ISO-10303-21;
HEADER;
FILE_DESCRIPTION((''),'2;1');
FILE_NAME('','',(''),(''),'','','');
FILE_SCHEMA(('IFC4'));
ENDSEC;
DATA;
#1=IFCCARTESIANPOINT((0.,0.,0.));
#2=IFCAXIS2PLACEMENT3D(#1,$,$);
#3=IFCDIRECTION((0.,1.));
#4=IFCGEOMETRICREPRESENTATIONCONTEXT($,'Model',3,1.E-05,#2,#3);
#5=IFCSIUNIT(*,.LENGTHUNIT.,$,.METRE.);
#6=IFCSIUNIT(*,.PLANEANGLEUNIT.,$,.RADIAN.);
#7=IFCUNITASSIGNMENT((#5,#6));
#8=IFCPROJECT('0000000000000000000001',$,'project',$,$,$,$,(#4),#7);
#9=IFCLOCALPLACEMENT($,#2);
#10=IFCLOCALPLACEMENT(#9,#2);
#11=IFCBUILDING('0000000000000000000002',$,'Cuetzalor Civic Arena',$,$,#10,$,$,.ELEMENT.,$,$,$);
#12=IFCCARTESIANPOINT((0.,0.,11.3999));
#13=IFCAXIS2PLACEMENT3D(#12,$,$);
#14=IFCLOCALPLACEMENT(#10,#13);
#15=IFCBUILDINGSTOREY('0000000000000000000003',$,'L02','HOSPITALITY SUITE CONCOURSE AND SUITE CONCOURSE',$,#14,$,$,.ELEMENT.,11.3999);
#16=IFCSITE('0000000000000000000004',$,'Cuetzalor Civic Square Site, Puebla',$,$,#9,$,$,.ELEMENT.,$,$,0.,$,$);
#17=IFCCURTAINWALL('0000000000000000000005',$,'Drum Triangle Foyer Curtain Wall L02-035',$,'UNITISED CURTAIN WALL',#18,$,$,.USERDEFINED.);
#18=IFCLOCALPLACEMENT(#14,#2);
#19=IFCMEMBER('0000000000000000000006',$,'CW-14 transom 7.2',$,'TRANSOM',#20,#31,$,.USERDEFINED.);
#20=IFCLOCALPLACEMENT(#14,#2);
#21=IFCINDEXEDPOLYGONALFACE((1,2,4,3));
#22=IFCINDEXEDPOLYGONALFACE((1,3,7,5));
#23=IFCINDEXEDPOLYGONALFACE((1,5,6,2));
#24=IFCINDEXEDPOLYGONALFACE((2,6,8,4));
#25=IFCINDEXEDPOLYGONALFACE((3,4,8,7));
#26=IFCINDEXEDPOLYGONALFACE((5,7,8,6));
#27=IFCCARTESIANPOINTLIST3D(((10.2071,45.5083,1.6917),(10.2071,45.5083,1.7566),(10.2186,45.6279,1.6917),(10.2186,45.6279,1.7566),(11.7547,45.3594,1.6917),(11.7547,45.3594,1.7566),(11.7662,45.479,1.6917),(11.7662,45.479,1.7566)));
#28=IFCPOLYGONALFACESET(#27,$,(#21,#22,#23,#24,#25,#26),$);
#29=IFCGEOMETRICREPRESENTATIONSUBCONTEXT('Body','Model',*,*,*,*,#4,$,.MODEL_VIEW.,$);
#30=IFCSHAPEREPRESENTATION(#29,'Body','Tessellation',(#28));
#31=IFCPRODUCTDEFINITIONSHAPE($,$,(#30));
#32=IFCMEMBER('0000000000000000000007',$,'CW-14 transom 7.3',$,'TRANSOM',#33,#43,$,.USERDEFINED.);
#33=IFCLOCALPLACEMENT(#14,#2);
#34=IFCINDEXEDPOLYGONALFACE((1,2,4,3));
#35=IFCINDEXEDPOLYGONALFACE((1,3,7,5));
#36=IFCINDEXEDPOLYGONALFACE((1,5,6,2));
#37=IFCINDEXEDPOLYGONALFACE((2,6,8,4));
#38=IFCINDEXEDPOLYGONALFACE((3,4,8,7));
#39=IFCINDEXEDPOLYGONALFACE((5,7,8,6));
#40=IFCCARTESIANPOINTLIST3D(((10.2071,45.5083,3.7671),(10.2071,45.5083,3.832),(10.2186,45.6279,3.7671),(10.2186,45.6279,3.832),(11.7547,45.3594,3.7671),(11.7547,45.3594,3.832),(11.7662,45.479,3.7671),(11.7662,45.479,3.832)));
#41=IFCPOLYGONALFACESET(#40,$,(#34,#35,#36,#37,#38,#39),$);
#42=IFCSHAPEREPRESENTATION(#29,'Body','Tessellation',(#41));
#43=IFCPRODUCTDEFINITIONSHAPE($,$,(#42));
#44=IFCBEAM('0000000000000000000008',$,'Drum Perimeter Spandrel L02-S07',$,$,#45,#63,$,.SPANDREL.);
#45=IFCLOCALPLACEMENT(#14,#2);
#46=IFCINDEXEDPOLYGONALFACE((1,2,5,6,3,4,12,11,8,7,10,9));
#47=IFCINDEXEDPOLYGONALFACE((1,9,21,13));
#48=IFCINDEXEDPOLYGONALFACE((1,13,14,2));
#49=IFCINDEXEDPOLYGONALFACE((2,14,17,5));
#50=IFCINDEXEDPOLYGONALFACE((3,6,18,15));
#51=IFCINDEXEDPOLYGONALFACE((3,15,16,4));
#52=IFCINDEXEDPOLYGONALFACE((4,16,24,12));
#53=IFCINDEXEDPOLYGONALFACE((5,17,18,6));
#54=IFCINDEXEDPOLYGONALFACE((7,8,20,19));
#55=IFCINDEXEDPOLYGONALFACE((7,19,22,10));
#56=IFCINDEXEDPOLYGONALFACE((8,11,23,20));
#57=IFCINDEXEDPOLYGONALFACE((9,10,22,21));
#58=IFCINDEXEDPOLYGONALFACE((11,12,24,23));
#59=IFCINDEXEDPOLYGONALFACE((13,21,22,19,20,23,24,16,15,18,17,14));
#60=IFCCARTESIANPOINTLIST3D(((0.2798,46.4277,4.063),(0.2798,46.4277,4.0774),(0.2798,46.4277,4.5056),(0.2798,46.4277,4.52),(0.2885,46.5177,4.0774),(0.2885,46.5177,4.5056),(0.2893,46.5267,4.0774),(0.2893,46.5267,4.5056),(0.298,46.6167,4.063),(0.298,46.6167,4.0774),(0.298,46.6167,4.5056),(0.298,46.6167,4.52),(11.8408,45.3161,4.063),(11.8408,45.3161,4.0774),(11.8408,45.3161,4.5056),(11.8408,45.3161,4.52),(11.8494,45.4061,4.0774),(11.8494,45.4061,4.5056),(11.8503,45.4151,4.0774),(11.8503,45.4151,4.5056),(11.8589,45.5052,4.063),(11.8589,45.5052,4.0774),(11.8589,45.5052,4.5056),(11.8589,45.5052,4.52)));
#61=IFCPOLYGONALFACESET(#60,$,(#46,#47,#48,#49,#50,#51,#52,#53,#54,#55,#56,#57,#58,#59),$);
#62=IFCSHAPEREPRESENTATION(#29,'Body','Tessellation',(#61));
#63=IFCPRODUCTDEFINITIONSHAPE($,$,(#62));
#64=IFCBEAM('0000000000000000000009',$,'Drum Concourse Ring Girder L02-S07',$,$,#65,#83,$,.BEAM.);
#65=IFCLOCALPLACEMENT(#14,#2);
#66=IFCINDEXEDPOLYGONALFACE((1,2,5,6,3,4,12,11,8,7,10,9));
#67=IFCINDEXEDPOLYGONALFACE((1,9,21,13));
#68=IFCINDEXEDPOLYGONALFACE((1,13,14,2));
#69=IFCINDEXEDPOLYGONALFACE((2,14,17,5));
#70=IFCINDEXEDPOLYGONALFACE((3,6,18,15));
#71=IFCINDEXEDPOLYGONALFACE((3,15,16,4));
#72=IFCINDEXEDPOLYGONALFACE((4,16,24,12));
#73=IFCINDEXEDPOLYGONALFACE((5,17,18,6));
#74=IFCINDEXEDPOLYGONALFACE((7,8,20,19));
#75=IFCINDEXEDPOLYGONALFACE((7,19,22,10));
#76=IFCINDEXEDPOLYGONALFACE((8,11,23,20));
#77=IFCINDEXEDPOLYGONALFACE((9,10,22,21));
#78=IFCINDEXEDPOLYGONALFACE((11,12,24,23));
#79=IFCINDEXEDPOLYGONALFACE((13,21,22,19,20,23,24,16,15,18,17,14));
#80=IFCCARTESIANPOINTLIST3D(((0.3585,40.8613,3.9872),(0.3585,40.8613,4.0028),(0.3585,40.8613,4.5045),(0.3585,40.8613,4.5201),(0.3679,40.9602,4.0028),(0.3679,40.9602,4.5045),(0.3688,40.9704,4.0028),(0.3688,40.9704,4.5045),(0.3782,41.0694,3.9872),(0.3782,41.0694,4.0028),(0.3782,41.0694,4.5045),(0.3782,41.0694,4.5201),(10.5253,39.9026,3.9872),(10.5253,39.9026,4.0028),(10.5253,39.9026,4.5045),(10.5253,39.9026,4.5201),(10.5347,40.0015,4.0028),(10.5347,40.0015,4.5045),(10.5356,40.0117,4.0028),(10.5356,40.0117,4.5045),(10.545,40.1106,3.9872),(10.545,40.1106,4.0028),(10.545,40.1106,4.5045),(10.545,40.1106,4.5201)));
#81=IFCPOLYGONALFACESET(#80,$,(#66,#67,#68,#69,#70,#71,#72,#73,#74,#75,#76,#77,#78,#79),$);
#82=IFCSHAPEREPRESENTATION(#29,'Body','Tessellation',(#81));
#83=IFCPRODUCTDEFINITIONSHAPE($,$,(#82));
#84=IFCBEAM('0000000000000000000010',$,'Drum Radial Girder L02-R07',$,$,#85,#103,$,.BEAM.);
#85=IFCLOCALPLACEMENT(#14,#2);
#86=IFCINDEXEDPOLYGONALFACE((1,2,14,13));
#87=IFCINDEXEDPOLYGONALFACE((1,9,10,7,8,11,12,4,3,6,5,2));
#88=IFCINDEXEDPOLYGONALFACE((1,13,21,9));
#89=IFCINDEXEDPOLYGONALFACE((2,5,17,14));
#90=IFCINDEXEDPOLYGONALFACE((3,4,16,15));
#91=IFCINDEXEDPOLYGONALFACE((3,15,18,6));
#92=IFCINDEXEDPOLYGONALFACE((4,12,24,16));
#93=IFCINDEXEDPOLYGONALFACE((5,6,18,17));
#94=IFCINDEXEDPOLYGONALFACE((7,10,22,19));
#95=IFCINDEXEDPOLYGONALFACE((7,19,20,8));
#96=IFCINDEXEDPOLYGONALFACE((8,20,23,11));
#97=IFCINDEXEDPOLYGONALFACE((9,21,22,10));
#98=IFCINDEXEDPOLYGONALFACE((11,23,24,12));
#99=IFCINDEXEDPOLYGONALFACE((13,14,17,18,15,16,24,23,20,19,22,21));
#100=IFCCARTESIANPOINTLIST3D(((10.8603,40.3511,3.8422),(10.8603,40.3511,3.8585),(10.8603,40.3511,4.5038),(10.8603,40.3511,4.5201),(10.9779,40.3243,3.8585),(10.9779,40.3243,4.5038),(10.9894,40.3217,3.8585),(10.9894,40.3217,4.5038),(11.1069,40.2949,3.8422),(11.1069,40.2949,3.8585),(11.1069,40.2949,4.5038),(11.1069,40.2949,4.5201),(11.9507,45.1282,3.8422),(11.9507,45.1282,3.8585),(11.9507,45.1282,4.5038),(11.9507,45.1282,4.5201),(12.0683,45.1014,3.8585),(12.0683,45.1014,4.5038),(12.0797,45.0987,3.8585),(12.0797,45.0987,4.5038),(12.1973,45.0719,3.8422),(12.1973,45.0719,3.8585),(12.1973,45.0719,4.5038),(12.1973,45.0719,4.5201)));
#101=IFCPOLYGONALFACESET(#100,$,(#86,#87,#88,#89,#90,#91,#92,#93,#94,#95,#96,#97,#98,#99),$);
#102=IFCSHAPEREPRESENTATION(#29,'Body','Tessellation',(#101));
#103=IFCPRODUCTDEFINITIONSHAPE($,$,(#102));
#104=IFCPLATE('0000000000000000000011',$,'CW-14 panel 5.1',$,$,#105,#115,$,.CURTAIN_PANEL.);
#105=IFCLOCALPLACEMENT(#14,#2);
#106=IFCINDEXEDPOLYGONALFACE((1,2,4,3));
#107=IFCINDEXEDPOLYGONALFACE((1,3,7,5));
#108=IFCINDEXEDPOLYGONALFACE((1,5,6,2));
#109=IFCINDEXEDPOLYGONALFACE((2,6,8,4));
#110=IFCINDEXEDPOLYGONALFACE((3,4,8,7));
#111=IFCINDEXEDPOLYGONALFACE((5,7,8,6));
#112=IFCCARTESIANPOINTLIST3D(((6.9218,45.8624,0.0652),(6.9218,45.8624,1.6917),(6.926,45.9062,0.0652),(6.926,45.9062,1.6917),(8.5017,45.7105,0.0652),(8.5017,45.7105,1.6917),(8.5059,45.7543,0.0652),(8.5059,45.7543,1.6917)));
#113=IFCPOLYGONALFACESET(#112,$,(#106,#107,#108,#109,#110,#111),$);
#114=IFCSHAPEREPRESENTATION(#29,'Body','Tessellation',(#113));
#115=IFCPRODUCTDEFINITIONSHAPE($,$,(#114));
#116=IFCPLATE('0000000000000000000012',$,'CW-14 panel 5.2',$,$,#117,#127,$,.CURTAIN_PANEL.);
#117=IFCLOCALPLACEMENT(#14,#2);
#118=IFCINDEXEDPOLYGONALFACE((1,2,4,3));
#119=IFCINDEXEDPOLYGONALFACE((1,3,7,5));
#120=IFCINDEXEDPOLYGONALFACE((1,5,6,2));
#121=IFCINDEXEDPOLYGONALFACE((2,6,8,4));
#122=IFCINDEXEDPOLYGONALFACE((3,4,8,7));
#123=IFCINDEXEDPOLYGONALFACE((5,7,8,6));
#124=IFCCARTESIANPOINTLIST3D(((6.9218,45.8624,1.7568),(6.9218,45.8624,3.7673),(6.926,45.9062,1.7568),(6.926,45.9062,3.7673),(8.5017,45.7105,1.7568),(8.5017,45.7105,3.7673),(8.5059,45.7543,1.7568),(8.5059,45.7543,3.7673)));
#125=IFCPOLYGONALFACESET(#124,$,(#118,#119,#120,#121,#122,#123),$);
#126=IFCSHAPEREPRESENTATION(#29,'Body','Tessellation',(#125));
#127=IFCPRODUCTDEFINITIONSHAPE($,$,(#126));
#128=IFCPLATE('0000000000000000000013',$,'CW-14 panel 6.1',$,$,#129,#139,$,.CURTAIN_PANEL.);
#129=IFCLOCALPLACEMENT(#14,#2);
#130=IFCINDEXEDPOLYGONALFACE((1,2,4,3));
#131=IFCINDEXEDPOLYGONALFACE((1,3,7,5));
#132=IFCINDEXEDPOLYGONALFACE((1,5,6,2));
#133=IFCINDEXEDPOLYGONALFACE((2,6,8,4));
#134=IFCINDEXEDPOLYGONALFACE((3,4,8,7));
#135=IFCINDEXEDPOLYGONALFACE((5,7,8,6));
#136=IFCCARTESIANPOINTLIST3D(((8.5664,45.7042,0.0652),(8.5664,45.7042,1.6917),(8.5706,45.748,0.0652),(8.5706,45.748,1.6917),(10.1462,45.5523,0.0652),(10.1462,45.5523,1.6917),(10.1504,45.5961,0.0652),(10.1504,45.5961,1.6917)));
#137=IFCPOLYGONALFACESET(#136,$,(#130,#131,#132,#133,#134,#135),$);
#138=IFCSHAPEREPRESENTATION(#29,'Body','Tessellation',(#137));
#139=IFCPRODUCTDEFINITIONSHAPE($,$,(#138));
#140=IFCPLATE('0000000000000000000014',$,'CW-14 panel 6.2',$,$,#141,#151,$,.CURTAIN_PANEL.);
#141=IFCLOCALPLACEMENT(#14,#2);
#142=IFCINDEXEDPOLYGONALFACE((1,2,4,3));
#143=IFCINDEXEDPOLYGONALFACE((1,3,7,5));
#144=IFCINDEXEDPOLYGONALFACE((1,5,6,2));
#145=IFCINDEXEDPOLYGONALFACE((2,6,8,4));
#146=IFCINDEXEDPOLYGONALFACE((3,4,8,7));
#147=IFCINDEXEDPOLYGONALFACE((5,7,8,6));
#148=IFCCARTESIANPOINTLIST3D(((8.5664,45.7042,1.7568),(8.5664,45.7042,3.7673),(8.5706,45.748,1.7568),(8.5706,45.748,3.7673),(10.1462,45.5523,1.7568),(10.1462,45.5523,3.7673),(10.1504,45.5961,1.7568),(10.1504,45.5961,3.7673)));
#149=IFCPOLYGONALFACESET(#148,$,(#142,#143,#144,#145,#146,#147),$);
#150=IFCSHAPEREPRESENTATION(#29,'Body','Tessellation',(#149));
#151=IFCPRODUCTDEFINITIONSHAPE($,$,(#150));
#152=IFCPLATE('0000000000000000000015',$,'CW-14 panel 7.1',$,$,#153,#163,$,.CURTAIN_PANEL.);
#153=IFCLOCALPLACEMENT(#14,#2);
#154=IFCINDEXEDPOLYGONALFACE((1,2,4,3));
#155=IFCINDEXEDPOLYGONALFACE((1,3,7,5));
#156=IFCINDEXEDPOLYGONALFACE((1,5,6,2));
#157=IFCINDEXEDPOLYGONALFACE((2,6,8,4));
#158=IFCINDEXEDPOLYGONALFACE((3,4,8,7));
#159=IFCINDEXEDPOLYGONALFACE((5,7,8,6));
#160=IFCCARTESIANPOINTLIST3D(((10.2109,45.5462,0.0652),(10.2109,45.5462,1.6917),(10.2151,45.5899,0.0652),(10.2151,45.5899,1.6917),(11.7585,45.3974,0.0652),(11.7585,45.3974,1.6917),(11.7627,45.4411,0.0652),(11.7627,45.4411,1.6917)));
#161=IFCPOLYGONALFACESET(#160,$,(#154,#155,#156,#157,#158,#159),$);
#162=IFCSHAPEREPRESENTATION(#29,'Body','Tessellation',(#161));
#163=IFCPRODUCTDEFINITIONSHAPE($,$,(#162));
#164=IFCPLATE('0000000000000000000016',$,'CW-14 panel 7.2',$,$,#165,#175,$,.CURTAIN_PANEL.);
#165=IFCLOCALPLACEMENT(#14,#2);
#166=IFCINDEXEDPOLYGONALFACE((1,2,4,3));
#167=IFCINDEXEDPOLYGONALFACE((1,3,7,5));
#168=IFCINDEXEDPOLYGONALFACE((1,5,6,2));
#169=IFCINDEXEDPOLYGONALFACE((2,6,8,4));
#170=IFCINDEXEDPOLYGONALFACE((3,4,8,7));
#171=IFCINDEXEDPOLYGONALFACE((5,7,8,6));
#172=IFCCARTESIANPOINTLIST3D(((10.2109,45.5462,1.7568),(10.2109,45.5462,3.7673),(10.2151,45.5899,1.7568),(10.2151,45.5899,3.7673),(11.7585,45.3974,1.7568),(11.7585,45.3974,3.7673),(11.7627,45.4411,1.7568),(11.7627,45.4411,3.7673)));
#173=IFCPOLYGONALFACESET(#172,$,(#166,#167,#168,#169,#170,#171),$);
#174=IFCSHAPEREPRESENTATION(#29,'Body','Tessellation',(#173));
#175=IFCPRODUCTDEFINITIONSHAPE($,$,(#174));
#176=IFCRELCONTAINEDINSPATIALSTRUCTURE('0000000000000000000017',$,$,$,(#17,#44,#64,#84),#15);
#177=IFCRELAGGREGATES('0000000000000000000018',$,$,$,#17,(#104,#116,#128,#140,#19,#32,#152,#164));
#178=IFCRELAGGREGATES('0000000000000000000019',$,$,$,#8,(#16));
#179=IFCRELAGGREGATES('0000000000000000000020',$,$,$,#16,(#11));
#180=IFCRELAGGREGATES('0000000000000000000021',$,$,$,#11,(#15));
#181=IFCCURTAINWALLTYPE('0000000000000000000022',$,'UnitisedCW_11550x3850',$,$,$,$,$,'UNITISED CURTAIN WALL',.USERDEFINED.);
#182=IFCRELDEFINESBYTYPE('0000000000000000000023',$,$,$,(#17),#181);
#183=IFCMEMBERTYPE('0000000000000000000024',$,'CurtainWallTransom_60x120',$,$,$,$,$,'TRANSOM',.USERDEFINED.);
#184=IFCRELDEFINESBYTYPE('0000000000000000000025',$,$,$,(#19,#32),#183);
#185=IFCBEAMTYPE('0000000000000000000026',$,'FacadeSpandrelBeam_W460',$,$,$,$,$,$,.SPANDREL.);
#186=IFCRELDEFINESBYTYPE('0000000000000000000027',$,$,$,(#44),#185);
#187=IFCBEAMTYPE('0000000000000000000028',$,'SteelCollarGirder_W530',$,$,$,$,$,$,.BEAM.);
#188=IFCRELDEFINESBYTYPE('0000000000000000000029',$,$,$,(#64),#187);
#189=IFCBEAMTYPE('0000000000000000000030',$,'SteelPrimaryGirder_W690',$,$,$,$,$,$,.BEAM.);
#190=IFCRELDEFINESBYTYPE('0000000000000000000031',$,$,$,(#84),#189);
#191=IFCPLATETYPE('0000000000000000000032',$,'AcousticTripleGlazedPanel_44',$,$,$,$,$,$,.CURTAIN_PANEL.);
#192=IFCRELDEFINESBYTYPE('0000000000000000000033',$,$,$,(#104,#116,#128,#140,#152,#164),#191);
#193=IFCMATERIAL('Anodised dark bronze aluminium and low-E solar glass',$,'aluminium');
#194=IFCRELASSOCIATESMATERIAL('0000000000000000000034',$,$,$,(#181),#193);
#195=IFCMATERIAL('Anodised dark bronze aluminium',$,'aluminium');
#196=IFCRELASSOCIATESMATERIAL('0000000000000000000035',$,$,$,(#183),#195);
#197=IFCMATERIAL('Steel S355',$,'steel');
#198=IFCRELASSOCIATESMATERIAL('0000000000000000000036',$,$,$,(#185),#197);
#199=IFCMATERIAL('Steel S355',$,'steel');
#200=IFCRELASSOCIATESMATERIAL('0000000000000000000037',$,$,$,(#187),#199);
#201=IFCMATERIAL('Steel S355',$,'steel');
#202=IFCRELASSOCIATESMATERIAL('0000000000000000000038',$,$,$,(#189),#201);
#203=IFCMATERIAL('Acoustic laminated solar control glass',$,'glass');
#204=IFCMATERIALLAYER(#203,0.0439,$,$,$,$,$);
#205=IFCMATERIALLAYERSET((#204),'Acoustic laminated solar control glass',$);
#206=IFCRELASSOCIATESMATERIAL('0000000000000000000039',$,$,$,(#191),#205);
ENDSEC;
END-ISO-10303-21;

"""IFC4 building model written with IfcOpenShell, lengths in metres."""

from ifc_helpers import new_model, si_unit, direction, frame, origin, origin_2d, place, context, subcontext, project, spatial, rectangle, i_section, extrude, material, layer, layer_set, material_profile, profile_set, type_object, element, aggregate, save


model = new_model("IFC4")

# Units and contexts
model_context = context("Model", 3, precision=1e-05, world=origin(), true_north=direction((0.0, 1.0)))
body_context = subcontext(model_context, "Body", "Model", "MODEL_VIEW")
ifc_project = project(units=[si_unit("LENGTHUNIT", "METRE"), si_unit("PLANEANGLEUNIT", "RADIAN")], contexts=[model_context])

# Site, building, storey
site_placement = place(None, origin())
site = spatial("IfcSite", under=ifc_project, at=site_placement, Name="Cuetzalor Civic Square Site, Puebla", CompositionType="ELEMENT", RefElevation=0.0)
building_placement = place(site_placement, origin())
building = spatial("IfcBuilding", under=site, at=building_placement, Name="Cuetzalor Civic Arena", CompositionType="ELEMENT")
storey_placement = place(building_placement, frame((0.0, 0.0, 11.3999)))
storey = spatial("IfcBuildingStorey", under=building, at=storey_placement, Name="L02", Description="HOSPITALITY SUITE CONCOURSE AND SUITE CONCOURSE", CompositionType="ELEMENT", Elevation=11.3999)

# Curtain wall, members
ifc_material_1 = material(Name="Anodised dark bronze aluminium and low-E solar glass", Category="aluminium")
curtain_wall_type = type_object("IfcCurtainWallType", Name="UnitisedCW_11550x3850", ElementType="UNITISED CURTAIN WALL", PredefinedType="USERDEFINED", material=ifc_material_1)
curtain_wall_placement = place(storey_placement, origin())
curtain_wall = element("IfcCurtainWall", 1, at=curtain_wall_placement, inside=storey, type_object=curtain_wall_type, Name="Drum Triangle Foyer Curtain Wall L02-035", ObjectType="UNITISED CURTAIN WALL", PredefinedType="USERDEFINED")
ifc_material_2 = material(Name="Anodised dark bronze aluminium", Category="aluminium")
ifc_material_profile_1 = material_profile(ifc_material_2, rectangle(XDim=0.1201, YDim=0.0649, at=origin_2d()), Name="ALU TRANSOM 65x120")
ifc_profile_set_1 = profile_set([ifc_material_profile_1], Name="Anodised dark bronze aluminium")
member_type_1 = type_object("IfcMemberType", Name="CurtainWallTransom_60x120", ElementType="TRANSOM", PredefinedType="USERDEFINED", material=ifc_profile_set_1)
member_1_placement = place(storey_placement, frame((10.2129, 45.5681, 1.7241), z_axis=(0.995402, -0.095787, 0.0), x_axis=(0.095787, 0.995402, 0.0)))
member_1 = element("IfcMember", 2, at=member_1_placement, type_object=member_type_1, Name="CW-14 transom 7.2", ObjectType="TRANSOM", PredefinedType="USERDEFINED", context=body_context, shape_type="SweptSolid", body=[
    extrude(rectangle(XDim=0.1201, YDim=0.0649, at=origin_2d()), origin(), (0.0, 0.0, 1.0), 1.5547),
])
member_2_placement = place(storey_placement, frame((10.2129, 45.5681, 3.7996), z_axis=(0.995402, -0.095787, 0.0), x_axis=(0.095787, 0.995402, 0.0)))
member_2 = element("IfcMember", 3, at=member_2_placement, type_object=member_type_1, Name="CW-14 transom 7.3", ObjectType="TRANSOM", PredefinedType="USERDEFINED", context=body_context, shape_type="SweptSolid", body=[
    extrude(rectangle(XDim=0.1201, YDim=0.0649, at=origin_2d()), origin(), (0.0, 0.0, 1.0), 1.5547),
])

# Beams
ifc_material_3 = material(Name="Steel S355", Category="steel")
ifc_material_profile_2 = material_profile(ifc_material_3, i_section(OverallWidth=0.1899, OverallDepth=0.457, WebThickness=0.009, FlangeThickness=0.0144, at=origin_2d()), Name="W460x74")
ifc_profile_set_2 = profile_set([ifc_material_profile_2], Name="Steel S355")
beam_type_1 = type_object("IfcBeamType", Name="FacadeSpandrelBeam_W460", PredefinedType="SPANDREL", material=ifc_profile_set_2)
beam_1_placement = place(storey_placement, frame((11.8499, 45.4106, 4.2915), z_axis=(-0.99541, 0.095707, 0.0), x_axis=(-0.095707, -0.99541, 0.0)))
element("IfcBeam", 4, at=beam_1_placement, inside=storey, type_object=beam_type_1, Name="Drum Perimeter Spandrel L02-S07", PredefinedType="SPANDREL", context=body_context, shape_type="SweptSolid", body=[
    extrude(i_section(OverallWidth=0.1899, OverallDepth=0.457, WebThickness=0.009, FlangeThickness=0.0144, at=origin_2d()), origin(), (0.0, 0.0, 1.0), 11.6143),
])
ifc_material_4 = material(Name="Steel S355", Category="steel")
ifc_material_profile_3 = material_profile(ifc_material_4, i_section(OverallWidth=0.209, OverallDepth=0.533, WebThickness=0.0103, FlangeThickness=0.0156, at=origin_2d()), Name="W530x92")
ifc_profile_set_3 = profile_set([ifc_material_profile_3], Name="Steel S355")
beam_type_2 = type_object("IfcBeamType", Name="SteelCollarGirder_W530", PredefinedType="BEAM", material=ifc_profile_set_3)
beam_2_placement = place(storey_placement, frame((10.5352, 40.0066, 4.2537), z_axis=(-0.995583, 0.093885, 0.0), x_axis=(-0.093885, -0.995583, 0.0)))
element("IfcBeam", 5, at=beam_2_placement, inside=storey, type_object=beam_type_2, Name="Drum Concourse Ring Girder L02-S07", PredefinedType="BEAM", context=body_context, shape_type="SweptSolid", body=[
    extrude(i_section(OverallWidth=0.209, OverallDepth=0.533, WebThickness=0.0103, FlangeThickness=0.0156, at=origin_2d()), origin(), (0.0, 0.0, 1.0), 10.2119),
])
ifc_material_5 = material(Name="Steel S355", Category="steel")
ifc_material_profile_4 = material_profile(ifc_material_5, i_section(OverallWidth=0.2529, OverallDepth=0.678, WebThickness=0.0117, FlangeThickness=0.0164, at=origin_2d()), Name="W690x125")
ifc_profile_set_4 = profile_set([ifc_material_profile_4], Name="Steel S355")
beam_type_3 = type_object("IfcBeamType", Name="SteelPrimaryGirder_W690", PredefinedType="BEAM", material=ifc_profile_set_4)
beam_3_placement = place(storey_placement, frame((10.9836, 40.323, 4.1812), z_axis=(0.222519, 0.974928, 0.0), x_axis=(-0.974928, 0.222519, 0.0)))
element("IfcBeam", 6, at=beam_3_placement, inside=storey, type_object=beam_type_3, Name="Drum Radial Girder L02-R07", PredefinedType="BEAM", context=body_context, shape_type="SweptSolid", body=[
    extrude(i_section(OverallWidth=0.2529, OverallDepth=0.678, WebThickness=0.0117, FlangeThickness=0.0164, at=origin_2d()), origin(), (0.0, 0.0, 1.0), 4.8999),
])

# Plates
ifc_material_6 = material(Name="Acoustic laminated solar control glass", Category="glass")
ifc_layer_1 = layer(ifc_material_6, 0.0439)
ifc_layer_set_1 = layer_set([ifc_layer_1], Name="Acoustic laminated solar control glass")
plate_type = type_object("IfcPlateType", Name="AcousticTripleGlazedPanel_44", PredefinedType="CURTAIN_PANEL", material=ifc_layer_set_1)
plate_1_placement = place(storey_placement, frame((7.7139, 45.8083, 0.0652), z_axis=(0.0, 0.0, 1.0), x_axis=(0.995409, -0.095711, 0.0)))
plate_1 = element("IfcPlate", 7, at=plate_1_placement, type_object=plate_type, Name="CW-14 panel 5.1", PredefinedType="CURTAIN_PANEL", context=body_context, shape_type="SweptSolid", body=[
    extrude(rectangle(XDim=1.5872, YDim=0.0439, at=origin_2d()), origin(), (0.0, 0.0, 1.0), 1.6265),
])
plate_2_placement = place(storey_placement, frame((7.7139, 45.8083, 1.7568), z_axis=(0.0, 0.0, 1.0), x_axis=(0.995409, -0.095711, 0.0)))
plate_2 = element("IfcPlate", 8, at=plate_2_placement, type_object=plate_type, Name="CW-14 panel 5.2", PredefinedType="CURTAIN_PANEL", context=body_context, shape_type="SweptSolid", body=[
    extrude(rectangle(XDim=1.5872, YDim=0.0439, at=origin_2d()), origin(), (0.0, 0.0, 1.0), 2.0105),
])
plate_3_placement = place(storey_placement, frame((9.3584, 45.6501, 0.0652), z_axis=(0.0, 0.0, 1.0), x_axis=(0.995409, -0.095711, 0.0)))
plate_3 = element("IfcPlate", 9, at=plate_3_placement, type_object=plate_type, Name="CW-14 panel 6.1", PredefinedType="CURTAIN_PANEL", context=body_context, shape_type="SweptSolid", body=[
    extrude(rectangle(XDim=1.5872, YDim=0.0439, at=origin_2d()), origin(), (0.0, 0.0, 1.0), 1.6265),
])
plate_4_placement = place(storey_placement, frame((9.3584, 45.6501, 1.7568), z_axis=(0.0, 0.0, 1.0), x_axis=(0.995409, -0.095711, 0.0)))
plate_4 = element("IfcPlate", 10, at=plate_4_placement, type_object=plate_type, Name="CW-14 panel 6.2", PredefinedType="CURTAIN_PANEL", context=body_context, shape_type="SweptSolid", body=[
    extrude(rectangle(XDim=1.5872, YDim=0.0439, at=origin_2d()), origin(), (0.0, 0.0, 1.0), 2.0105),
])
plate_5_placement = place(storey_placement, frame((10.9868, 45.4937, 0.0652), z_axis=(0.0, 0.0, 1.0), x_axis=(0.995409, -0.095711, 0.0)))
plate_5 = element("IfcPlate", 11, at=plate_5_placement, type_object=plate_type, Name="CW-14 panel 7.1", PredefinedType="CURTAIN_PANEL", context=body_context, shape_type="SweptSolid", body=[
    extrude(rectangle(XDim=1.5547, YDim=0.0439, at=origin_2d()), origin(), (0.0, 0.0, 1.0), 1.6265),
])
plate_6_placement = place(storey_placement, frame((10.9868, 45.4937, 1.7568), z_axis=(0.0, 0.0, 1.0), x_axis=(0.995409, -0.095711, 0.0)))
plate_6 = element("IfcPlate", 12, at=plate_6_placement, type_object=plate_type, Name="CW-14 panel 7.2", PredefinedType="CURTAIN_PANEL", context=body_context, shape_type="SweptSolid", body=[
    extrude(rectangle(XDim=1.5547, YDim=0.0439, at=origin_2d()), origin(), (0.0, 0.0, 1.0), 2.0105),
])
aggregate(curtain_wall, [plate_1, plate_2, plate_3, plate_4, member_1, member_2, plate_5, plate_6])

save(model, "model.ifc")
